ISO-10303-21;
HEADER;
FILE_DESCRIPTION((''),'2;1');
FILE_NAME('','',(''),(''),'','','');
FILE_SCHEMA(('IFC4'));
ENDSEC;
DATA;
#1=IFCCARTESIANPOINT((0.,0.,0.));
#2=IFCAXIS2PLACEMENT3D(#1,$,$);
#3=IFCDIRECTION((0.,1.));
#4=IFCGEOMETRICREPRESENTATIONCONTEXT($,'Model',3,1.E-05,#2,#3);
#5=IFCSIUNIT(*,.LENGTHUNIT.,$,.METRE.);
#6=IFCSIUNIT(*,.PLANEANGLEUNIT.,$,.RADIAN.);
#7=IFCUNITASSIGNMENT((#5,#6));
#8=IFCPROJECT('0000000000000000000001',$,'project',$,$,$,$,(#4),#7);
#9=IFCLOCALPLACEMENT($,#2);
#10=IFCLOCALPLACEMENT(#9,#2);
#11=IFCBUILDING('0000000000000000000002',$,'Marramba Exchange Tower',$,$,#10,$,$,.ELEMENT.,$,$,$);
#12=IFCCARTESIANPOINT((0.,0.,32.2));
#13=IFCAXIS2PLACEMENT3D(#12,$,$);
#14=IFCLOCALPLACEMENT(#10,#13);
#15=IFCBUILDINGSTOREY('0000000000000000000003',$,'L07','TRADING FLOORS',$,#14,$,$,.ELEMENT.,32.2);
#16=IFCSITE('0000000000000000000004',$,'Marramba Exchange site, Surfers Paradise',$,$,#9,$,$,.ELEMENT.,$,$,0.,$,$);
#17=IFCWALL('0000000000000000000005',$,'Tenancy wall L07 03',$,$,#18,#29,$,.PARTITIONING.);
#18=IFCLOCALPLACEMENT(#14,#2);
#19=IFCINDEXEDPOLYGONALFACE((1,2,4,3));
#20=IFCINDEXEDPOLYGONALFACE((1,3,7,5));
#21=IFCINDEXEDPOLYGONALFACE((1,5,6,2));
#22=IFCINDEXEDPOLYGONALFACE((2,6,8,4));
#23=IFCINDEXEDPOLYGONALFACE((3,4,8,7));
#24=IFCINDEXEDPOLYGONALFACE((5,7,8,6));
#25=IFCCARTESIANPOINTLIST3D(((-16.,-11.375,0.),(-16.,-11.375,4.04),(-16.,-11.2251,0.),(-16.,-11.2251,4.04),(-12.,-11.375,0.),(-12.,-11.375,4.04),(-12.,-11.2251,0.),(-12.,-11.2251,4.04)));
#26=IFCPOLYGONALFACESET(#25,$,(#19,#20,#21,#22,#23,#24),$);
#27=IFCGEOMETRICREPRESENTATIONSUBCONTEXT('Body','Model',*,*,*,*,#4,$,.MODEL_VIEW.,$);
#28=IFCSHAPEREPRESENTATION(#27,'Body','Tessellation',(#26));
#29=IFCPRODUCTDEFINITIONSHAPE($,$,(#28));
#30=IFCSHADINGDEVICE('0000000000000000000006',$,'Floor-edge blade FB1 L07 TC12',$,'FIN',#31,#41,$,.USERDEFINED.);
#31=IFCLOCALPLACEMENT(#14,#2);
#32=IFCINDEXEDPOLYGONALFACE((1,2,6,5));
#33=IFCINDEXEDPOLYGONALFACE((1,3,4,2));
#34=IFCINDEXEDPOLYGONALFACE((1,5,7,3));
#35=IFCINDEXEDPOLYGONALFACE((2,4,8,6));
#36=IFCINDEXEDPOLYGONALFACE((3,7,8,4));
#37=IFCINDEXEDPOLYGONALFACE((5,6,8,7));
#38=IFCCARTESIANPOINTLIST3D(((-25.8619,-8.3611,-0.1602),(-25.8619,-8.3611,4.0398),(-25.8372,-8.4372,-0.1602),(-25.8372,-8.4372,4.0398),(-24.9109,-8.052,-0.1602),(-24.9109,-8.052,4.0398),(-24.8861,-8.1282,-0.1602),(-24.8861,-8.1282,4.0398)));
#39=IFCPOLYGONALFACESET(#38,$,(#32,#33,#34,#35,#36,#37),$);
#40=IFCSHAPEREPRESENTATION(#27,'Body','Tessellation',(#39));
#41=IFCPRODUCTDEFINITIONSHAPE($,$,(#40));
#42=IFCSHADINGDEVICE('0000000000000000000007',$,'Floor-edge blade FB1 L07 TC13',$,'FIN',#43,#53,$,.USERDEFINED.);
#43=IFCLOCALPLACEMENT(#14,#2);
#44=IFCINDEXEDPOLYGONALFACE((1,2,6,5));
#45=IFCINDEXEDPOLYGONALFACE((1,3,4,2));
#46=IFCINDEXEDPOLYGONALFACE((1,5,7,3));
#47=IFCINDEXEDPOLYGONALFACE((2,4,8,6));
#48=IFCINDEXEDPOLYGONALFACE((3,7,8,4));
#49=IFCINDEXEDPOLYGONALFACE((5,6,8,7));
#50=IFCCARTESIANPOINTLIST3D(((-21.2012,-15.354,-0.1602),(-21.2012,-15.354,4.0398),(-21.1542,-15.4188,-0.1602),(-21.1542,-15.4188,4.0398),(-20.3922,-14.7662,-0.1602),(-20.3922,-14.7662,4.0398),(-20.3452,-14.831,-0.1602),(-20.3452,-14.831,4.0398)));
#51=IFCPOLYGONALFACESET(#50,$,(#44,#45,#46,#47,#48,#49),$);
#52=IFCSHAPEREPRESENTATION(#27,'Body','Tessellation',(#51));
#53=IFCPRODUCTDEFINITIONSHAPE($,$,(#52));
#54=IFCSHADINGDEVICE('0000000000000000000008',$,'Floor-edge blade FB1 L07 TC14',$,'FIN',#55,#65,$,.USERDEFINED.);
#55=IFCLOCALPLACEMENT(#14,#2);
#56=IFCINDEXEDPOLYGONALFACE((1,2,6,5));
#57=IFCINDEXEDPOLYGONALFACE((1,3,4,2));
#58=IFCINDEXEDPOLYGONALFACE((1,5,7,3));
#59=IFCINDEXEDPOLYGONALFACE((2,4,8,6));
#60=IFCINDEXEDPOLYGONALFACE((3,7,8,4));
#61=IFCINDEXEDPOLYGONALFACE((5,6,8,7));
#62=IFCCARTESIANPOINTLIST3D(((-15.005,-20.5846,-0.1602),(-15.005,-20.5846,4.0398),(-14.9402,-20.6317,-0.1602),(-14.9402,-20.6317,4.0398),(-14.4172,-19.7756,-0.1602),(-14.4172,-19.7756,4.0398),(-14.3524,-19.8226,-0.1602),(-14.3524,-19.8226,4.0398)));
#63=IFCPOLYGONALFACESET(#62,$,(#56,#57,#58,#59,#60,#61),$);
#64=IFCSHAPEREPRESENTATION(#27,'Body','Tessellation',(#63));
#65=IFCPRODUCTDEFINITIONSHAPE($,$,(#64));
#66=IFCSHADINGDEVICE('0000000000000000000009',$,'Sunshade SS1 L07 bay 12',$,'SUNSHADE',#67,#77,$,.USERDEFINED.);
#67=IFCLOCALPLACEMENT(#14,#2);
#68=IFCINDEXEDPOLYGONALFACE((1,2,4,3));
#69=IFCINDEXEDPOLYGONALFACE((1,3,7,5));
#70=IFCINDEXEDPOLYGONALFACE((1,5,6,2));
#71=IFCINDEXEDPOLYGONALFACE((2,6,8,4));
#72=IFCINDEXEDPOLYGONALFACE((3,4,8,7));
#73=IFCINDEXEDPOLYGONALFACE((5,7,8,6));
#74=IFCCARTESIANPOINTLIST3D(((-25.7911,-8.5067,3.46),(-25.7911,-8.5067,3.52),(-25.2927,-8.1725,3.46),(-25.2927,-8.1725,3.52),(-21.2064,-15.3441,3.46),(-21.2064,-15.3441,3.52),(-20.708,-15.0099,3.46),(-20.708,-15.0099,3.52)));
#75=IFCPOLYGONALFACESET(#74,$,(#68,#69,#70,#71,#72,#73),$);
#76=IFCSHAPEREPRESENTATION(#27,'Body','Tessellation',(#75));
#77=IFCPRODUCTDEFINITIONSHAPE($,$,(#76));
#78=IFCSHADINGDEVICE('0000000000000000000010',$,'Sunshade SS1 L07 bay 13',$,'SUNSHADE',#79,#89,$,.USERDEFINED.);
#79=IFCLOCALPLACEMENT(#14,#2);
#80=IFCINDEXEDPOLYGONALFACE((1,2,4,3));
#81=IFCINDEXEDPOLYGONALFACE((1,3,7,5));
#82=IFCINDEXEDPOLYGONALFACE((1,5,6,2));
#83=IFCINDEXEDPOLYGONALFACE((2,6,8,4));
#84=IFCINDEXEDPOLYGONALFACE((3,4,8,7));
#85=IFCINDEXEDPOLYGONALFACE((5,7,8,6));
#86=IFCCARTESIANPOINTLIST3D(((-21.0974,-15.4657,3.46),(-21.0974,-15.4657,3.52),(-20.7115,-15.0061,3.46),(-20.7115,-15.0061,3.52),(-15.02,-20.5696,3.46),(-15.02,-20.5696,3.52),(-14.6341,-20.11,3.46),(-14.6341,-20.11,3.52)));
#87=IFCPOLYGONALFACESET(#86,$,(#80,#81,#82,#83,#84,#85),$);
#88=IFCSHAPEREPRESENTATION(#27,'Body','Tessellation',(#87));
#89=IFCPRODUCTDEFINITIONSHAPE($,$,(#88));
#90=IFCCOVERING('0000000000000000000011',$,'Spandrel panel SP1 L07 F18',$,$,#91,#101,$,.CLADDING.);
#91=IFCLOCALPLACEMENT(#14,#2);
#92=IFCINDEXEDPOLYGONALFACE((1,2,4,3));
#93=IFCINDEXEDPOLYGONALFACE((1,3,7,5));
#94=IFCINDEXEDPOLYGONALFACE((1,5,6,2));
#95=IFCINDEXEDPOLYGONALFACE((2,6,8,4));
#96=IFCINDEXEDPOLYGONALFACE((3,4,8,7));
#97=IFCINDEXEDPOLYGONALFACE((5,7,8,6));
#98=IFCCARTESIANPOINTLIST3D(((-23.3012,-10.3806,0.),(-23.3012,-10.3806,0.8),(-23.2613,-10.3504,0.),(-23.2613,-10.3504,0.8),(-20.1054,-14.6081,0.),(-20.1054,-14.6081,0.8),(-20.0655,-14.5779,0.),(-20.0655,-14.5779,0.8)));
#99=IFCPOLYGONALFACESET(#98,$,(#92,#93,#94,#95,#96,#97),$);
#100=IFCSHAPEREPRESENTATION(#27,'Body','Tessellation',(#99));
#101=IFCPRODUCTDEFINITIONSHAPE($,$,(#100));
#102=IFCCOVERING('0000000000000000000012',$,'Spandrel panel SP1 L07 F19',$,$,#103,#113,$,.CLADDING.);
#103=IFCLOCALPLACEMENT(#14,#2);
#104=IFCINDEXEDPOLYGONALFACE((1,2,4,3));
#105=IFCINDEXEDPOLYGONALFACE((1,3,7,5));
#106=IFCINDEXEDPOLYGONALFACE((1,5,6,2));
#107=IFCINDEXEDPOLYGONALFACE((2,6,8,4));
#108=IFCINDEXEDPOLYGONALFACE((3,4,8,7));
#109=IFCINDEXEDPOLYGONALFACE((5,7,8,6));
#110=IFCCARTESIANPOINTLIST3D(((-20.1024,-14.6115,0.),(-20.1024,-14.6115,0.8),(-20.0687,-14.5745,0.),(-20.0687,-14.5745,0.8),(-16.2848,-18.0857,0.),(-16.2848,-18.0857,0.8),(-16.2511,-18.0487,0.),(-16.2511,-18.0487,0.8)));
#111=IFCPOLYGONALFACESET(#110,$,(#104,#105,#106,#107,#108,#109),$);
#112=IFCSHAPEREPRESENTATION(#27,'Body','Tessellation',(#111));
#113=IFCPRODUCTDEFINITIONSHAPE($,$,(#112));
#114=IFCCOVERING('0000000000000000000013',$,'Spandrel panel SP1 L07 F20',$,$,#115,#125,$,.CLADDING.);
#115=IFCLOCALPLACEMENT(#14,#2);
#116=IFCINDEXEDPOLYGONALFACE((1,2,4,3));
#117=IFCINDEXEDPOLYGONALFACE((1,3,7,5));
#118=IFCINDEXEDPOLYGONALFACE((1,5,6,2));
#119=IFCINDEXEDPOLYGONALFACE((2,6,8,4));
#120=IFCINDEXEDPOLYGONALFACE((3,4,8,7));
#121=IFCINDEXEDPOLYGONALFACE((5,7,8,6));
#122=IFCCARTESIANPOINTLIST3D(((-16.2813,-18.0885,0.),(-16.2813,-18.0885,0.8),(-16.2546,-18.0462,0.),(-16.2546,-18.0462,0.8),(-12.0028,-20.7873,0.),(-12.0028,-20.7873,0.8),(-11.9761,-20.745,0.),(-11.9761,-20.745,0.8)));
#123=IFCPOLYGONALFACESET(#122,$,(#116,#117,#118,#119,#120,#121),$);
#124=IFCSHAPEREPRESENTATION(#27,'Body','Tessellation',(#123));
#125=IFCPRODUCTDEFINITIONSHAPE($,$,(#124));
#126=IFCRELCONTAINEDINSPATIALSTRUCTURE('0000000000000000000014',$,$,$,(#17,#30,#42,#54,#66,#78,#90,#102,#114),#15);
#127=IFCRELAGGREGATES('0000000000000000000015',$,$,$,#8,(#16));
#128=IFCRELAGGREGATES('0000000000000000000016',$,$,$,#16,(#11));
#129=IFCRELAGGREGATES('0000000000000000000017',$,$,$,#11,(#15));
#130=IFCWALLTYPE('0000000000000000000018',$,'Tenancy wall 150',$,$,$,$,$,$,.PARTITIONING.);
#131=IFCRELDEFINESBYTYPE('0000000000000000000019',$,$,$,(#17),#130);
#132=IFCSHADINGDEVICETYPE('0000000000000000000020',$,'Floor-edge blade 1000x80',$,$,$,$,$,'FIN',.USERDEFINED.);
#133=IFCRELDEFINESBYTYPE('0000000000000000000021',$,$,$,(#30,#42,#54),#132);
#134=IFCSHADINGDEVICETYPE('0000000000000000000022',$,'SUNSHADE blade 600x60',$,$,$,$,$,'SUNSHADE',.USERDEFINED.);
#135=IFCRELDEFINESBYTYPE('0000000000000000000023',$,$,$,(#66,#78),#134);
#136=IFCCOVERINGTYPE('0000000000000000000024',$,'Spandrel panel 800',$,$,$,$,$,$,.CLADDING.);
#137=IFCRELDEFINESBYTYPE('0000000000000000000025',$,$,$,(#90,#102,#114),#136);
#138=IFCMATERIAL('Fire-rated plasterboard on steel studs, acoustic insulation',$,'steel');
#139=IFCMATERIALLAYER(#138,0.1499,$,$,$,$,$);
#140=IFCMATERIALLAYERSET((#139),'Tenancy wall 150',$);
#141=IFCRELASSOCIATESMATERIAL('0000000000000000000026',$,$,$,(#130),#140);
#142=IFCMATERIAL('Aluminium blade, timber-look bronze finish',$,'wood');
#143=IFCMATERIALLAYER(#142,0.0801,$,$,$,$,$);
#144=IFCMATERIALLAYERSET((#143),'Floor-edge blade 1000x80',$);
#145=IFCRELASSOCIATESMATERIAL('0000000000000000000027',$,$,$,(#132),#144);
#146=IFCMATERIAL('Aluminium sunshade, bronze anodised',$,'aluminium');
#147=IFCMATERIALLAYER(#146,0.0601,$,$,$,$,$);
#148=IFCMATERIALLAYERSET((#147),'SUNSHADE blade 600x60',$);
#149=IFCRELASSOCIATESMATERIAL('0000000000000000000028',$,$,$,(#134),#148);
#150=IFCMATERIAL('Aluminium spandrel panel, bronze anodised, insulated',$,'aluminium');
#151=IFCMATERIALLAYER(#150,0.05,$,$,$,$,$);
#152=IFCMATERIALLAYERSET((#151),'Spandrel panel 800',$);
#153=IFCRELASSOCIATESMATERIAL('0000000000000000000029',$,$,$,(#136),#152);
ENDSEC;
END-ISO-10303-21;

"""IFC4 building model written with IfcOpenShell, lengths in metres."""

from ifc_helpers import new_model, si_unit, direction, frame, frame_2d, origin, origin_2d, place, context, subcontext, project, spatial, rectangle, extrude, material, layer, layer_set, type_object, element, save


model = new_model("IFC4")

# Units and contexts
model_context = context("Model", 3, precision=1e-05, world=origin(), true_north=direction((0.0, 1.0)))
body_context = subcontext(model_context, "Body", "Model", "MODEL_VIEW")
ifc_project = project(units=[si_unit("LENGTHUNIT", "METRE"), si_unit("PLANEANGLEUNIT", "RADIAN")], contexts=[model_context])

# Site, building, storey
site_placement = place(None, origin())
site = spatial("IfcSite", under=ifc_project, at=site_placement, Name="Marramba Exchange site, Surfers Paradise", CompositionType="ELEMENT", RefElevation=0.0)
building_placement = place(site_placement, origin())
building = spatial("IfcBuilding", under=site, at=building_placement, Name="Marramba Exchange Tower", CompositionType="ELEMENT")
storey_placement = place(building_placement, frame((0.0, 0.0, 32.2)))
storey = spatial("IfcBuildingStorey", under=building, at=storey_placement, Name="L07", Description="TRADING FLOORS", CompositionType="ELEMENT", Elevation=32.2)

# Wall
ifc_material_1 = material(Name="Fire-rated plasterboard on steel studs, acoustic insulation", Category="steel")
ifc_layer_1 = layer(ifc_material_1, 0.1499)
ifc_layer_set_1 = layer_set([ifc_layer_1], Name="Tenancy wall 150")
wall_type_1 = type_object("IfcWallType", Name="Tenancy wall 150", PredefinedType="PARTITIONING", material=ifc_layer_set_1)
wall_1_placement = place(storey_placement, frame((-16.0, -11.3, 0.0), z_axis=(0.0, 0.0, 1.0), x_axis=(1.0, 0.0, 0.0)))
element("IfcWall", 1, at=wall_1_placement, inside=storey, type_object=wall_type_1, Name="Tenancy wall L07 03", PredefinedType="PARTITIONING", context=body_context, shape_type="SweptSolid", body=[
    extrude(rectangle(XDim=4.0, YDim=0.1499, at=frame_2d((2.0, 0.0))), origin(), (0.0, 0.0, 1.0), 4.04),
])

# Shading devices
ifc_material_2 = material(Name="Aluminium blade, timber-look bronze finish", Category="wood")
ifc_layer_2 = layer(ifc_material_2, 0.0801)
ifc_layer_set_2 = layer_set([ifc_layer_2], Name="Floor-edge blade 1000x80")
shading_device_type_1 = type_object("IfcShadingDeviceType", Name="Floor-edge blade 1000x80", ElementType="FIN", PredefinedType="USERDEFINED", material=ifc_layer_set_2)
for number, where, z_axis, x_axis, name in (
    (2, (-25.374, -8.2446, -0.1602), (0.0, 0.0, 1.0), (-0.951057, -0.309017, 0.0), "Floor-edge blade FB1 L07 TC12"),
    (3, (-20.7732, -15.0925, -0.1602), (0.0, 0.0, 1.0), (-0.809017, -0.587785, 0.0), "Floor-edge blade FB1 L07 TC13"),
    (4, (-14.6787, -20.2036, -0.1602), (0.0, 0.0, 1.0), (-0.587785, -0.809017, 0.0), "Floor-edge blade FB1 L07 TC14"),
):
    element("IfcShadingDevice", number, at=place(storey_placement, frame(where, z_axis=z_axis, x_axis=x_axis)), inside=storey, type_object=shading_device_type_1, Name=name, ObjectType="FIN", PredefinedType="USERDEFINED", context=body_context, shape_type="SweptSolid", body=[
        extrude(rectangle(XDim=1.0, YDim=0.0801, at=origin_2d()), origin(), (0.0, 0.0, 1.0), 4.2),
    ])
ifc_material_3 = material(Name="Aluminium sunshade, bronze anodised", Category="aluminium")
ifc_layer_3 = layer(ifc_material_3, 0.0601)
ifc_layer_set_3 = layer_set([ifc_layer_3], Name="SUNSHADE blade 600x60")
shading_device_type_2 = type_object("IfcShadingDeviceType", Name="SUNSHADE blade 600x60", ElementType="SUNSHADE", PredefinedType="USERDEFINED", material=ifc_layer_set_3)
shading_device_1_placement = place(storey_placement, frame((-23.2495, -11.7583, 3.46), z_axis=(0.0, 0.0, 1.0), x_axis=(0.556924, -0.830563, 0.0)))
element("IfcShadingDevice", 5, at=shading_device_1_placement, inside=storey, type_object=shading_device_type_2, Name="Sunshade SS1 L07 bay 12", ObjectType="SUNSHADE", PredefinedType="USERDEFINED", context=body_context, shape_type="SweptSolid", body=[
    extrude(rectangle(XDim=8.2322, YDim=0.6001, at=origin_2d()), origin(), (0.0, 0.0, 1.0), 0.0601),
])
shading_device_2_placement = place(storey_placement, frame((-17.8657, -17.7878, 3.46), z_axis=(0.0, 0.0, 1.0), x_axis=(0.765776, -0.643107, 0.0)))
element("IfcShadingDevice", 6, at=shading_device_2_placement, inside=storey, type_object=shading_device_type_2, Name="Sunshade SS1 L07 bay 13", ObjectType="SUNSHADE", PredefinedType="USERDEFINED", context=body_context, shape_type="SweptSolid", body=[
    extrude(rectangle(XDim=7.9363, YDim=0.6001, at=origin_2d()), origin(), (0.0, 0.0, 1.0), 0.0601),
])

# Coverings
ifc_material_4 = material(Name="Aluminium spandrel panel, bronze anodised, insulated", Category="aluminium")
ifc_layer_4 = layer(ifc_material_4, 0.05)
ifc_layer_set_4 = layer_set([ifc_layer_4], Name="Spandrel panel 800")
covering_type = type_object("IfcCoveringType", Name="Spandrel panel 800", PredefinedType="CLADDING", material=ifc_layer_set_4)
covering_1_placement = place(storey_placement, frame((-21.6833, -12.4792, 0.0), z_axis=(0.0, 0.0, 1.0), x_axis=(0.60304, -0.797711, 0.0)))
element("IfcCovering", 7, at=covering_1_placement, inside=storey, type_object=covering_type, Name="Spandrel panel SP1 L07 F18", PredefinedType="CLADDING", context=body_context, shape_type="SweptSolid", body=[
    extrude(rectangle(XDim=5.2996, YDim=0.05, at=origin_2d()), origin(), (0.0, 0.0, 1.0), 0.8),
])
covering_2_placement = place(storey_placement, frame((-18.1768, -16.3301, 0.0), z_axis=(0.0, 0.0, 1.0), x_axis=(0.73959, -0.673058, 0.0)))
element("IfcCovering", 8, at=covering_2_placement, inside=storey, type_object=covering_type, Name="Spandrel panel SP1 L07 F19", PredefinedType="CLADDING", context=body_context, shape_type="SweptSolid", body=[
    extrude(rectangle(XDim=5.1619, YDim=0.05, at=origin_2d()), origin(), (0.0, 0.0, 1.0), 0.8),
])
covering_3_placement = place(storey_placement, frame((-14.1287, -19.4167, 0.0), z_axis=(0.0, 0.0, 1.0), x_axis=(0.845791, -0.533515, 0.0)))
element("IfcCovering", 9, at=covering_3_placement, inside=storey, type_object=covering_type, Name="Spandrel panel SP1 L07 F20", PredefinedType="CLADDING", context=body_context, shape_type="SweptSolid", body=[
    extrude(rectangle(XDim=5.0586, YDim=0.05, at=origin_2d()), origin(), (0.0, 0.0, 1.0), 0.8),
])

save(model, "model.ifc")
